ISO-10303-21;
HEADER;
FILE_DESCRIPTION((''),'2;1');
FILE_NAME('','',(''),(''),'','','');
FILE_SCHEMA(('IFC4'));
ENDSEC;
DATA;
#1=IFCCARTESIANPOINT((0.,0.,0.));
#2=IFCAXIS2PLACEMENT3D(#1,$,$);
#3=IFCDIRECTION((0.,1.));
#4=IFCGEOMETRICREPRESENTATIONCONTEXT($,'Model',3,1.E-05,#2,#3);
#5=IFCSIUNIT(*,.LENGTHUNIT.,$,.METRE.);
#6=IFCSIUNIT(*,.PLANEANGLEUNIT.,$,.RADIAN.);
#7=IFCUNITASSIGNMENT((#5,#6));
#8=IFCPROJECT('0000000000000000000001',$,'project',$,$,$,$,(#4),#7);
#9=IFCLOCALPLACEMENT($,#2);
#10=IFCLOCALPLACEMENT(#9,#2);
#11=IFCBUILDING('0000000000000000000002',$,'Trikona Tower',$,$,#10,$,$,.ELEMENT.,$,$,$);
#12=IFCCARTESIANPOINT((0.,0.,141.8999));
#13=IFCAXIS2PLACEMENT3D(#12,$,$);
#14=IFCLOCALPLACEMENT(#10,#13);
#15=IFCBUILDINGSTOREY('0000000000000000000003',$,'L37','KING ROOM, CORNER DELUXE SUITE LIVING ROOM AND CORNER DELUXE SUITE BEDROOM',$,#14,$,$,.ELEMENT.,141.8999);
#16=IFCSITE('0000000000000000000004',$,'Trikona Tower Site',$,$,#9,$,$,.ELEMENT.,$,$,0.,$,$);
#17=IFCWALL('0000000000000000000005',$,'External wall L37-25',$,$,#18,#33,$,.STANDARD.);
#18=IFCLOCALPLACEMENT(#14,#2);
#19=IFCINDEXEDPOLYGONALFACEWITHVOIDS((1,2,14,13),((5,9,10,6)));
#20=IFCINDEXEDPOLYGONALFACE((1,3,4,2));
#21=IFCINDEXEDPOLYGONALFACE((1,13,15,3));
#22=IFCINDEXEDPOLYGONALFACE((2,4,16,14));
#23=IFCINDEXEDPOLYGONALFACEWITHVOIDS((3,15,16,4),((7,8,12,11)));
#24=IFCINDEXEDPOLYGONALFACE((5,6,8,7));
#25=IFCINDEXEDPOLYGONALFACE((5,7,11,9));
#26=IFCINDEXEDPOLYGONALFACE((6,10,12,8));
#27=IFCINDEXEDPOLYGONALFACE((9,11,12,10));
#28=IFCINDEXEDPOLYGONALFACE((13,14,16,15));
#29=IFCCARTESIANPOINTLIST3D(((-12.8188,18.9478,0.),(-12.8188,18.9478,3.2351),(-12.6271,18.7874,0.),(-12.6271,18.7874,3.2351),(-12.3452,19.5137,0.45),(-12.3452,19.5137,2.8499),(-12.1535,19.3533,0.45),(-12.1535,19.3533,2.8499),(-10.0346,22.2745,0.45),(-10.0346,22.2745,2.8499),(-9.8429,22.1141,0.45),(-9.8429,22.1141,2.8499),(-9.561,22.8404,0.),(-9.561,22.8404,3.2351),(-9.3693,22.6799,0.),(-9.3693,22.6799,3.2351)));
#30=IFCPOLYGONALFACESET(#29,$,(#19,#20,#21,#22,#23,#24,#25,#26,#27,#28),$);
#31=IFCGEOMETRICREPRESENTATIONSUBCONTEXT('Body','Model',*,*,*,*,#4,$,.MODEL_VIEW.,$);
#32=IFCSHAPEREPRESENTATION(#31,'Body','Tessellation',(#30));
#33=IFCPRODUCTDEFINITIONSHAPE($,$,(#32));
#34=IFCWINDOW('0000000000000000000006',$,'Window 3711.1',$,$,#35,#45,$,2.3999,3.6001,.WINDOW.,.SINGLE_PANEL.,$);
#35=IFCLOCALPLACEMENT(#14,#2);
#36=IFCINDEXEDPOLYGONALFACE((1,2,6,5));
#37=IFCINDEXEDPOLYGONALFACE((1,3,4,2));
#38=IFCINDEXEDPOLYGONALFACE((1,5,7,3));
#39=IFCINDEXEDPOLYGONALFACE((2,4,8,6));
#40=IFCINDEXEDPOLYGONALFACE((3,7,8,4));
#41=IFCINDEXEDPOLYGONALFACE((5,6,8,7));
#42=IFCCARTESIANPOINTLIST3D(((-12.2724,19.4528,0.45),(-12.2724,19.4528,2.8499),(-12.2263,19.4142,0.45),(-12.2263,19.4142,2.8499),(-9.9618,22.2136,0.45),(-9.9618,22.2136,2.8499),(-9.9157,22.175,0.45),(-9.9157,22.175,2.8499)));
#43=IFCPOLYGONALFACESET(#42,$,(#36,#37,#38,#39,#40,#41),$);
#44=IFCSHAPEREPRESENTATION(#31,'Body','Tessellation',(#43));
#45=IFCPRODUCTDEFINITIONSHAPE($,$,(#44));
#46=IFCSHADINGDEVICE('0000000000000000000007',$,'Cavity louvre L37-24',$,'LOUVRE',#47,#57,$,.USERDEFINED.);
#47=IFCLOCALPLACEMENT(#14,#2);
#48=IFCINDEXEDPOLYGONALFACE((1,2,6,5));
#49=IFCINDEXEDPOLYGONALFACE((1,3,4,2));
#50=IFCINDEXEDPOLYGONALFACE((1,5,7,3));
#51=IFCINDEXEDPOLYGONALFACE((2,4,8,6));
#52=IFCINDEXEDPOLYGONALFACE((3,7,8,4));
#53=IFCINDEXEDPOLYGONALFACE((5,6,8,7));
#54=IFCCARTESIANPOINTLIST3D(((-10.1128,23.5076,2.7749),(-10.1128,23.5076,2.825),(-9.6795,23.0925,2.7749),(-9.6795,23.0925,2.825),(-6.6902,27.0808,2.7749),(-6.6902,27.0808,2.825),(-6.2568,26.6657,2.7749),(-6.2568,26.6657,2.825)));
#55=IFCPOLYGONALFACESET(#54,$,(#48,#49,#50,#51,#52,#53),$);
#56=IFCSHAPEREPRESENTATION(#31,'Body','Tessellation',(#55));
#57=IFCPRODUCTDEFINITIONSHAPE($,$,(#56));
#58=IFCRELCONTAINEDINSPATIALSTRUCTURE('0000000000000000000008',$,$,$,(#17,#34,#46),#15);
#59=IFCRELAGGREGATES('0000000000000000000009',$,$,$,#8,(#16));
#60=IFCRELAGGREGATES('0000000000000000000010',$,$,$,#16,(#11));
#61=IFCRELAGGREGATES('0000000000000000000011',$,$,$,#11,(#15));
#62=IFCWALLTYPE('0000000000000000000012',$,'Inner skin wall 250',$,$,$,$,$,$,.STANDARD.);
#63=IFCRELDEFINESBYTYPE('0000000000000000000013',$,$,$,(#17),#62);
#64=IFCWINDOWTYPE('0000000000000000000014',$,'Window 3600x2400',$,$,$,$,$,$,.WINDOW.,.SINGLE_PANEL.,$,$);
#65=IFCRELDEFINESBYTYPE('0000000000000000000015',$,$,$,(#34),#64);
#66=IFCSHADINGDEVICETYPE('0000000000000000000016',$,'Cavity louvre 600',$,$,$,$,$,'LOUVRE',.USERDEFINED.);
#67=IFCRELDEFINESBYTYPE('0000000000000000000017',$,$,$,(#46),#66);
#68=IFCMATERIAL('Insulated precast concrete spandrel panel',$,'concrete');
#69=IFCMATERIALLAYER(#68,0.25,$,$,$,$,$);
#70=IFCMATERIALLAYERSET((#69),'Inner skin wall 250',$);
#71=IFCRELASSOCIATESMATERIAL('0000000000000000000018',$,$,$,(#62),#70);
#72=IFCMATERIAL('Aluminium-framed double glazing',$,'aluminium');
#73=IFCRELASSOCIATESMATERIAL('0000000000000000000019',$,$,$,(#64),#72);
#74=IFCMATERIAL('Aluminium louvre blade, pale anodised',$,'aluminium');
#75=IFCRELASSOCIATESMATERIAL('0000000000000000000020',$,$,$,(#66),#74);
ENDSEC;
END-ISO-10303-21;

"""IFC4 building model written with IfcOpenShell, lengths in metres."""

from ifc_helpers import new_model, si_unit, direction, frame, frame_2d, origin, origin_2d, place, context, subcontext, project, spatial, rectangle, extrude, material, layer, layer_set, type_object, element, fill, save


model = new_model("IFC4")

# Units and contexts
model_context = context("Model", 3, precision=1e-05, world=origin(), true_north=direction((0.0, 1.0)))
body_context = subcontext(model_context, "Body", "Model", "MODEL_VIEW")
ifc_project = project(units=[si_unit("LENGTHUNIT", "METRE"), si_unit("PLANEANGLEUNIT", "RADIAN")], contexts=[model_context])

# Site, building, storey
site_placement = place(None, origin())
site = spatial("IfcSite", under=ifc_project, at=site_placement, Name="Trikona Tower Site", CompositionType="ELEMENT", RefElevation=0.0)
building_placement = place(site_placement, origin())
building = spatial("IfcBuilding", under=site, at=building_placement, Name="Trikona Tower", CompositionType="ELEMENT")
storey_placement = place(building_placement, frame((0.0, 0.0, 141.8999)))
storey = spatial("IfcBuildingStorey", under=building, at=storey_placement, Name="L37", Description="KING ROOM, CORNER DELUXE SUITE LIVING ROOM AND CORNER DELUXE SUITE BEDROOM", CompositionType="ELEMENT", Elevation=141.8999)

# Wall, opening, window
ifc_material_1 = material(Name="Insulated precast concrete spandrel panel", Category="concrete")
ifc_layer_1 = layer(ifc_material_1, 0.25)
ifc_layer_set_1 = layer_set([ifc_layer_1], Name="Inner skin wall 250")
wall_type_1 = type_object("IfcWallType", Name="Inner skin wall 250", PredefinedType="STANDARD", material=ifc_layer_set_1)
ifc_material_2 = material(Name="Aluminium-framed double glazing", Category="aluminium")
window_type_1 = type_object("IfcWindowType", Name="Window 3600x2400", PartitioningType="SINGLE_PANEL", PredefinedType="WINDOW", material=ifc_material_2)
wall_1_placement = place(storey_placement, frame((-9.4651, 22.7603, 0.0), z_axis=(0.0, 0.0, 1.0), x_axis=(-0.64181, -0.766863, 0.0)))
wall_1 = element("IfcWall", 1, at=wall_1_placement, inside=storey, type_object=wall_type_1, Name="External wall L37-25", PredefinedType="STANDARD", context=body_context, shape_type="SweptSolid", body=[
    extrude(rectangle(XDim=5.0759, YDim=0.25, at=frame_2d((2.5381, 0.0))), origin(), (0.0, 0.0, 1.0), 3.2351),
])
opening_1_placement = place(wall_1_placement, frame((0.738, 0.0, 0.45)))
opening_1 = element("IfcOpeningElement", 2, at=opening_1_placement, cuts=wall_1, PredefinedType="OPENING", context=body_context, shape_type="SweptSolid", body=[
    extrude(rectangle(XDim=3.6001, YDim=2.3999, at=frame_2d((1.8, 1.2))), frame((0.0, 0.135, 0.0), z_axis=(0.0, -1.0, 0.0), x_axis=(1.0, 0.0, 0.0)), (0.0, 0.0, 1.0), 0.27),
])
window_1_placement = place(opening_1_placement, origin())
window_1 = element("IfcWindow", 3, at=window_1_placement, inside=storey, type_object=window_type_1, Name="Window 3711.1", OverallHeight=2.3999, OverallWidth=3.6001, PartitioningType="SINGLE_PANEL", PredefinedType="WINDOW", context=body_context, shape_type="SweptSolid", body=[
    extrude(rectangle(XDim=3.6001, YDim=2.3999, at=frame_2d((1.8, 1.2))), frame((0.0, 0.03, 0.0), z_axis=(0.0, -1.0, 0.0), x_axis=(1.0, 0.0, 0.0)), (0.0, 0.0, 1.0), 0.0601),
])
fill(opening_1, window_1)

# Shading device
ifc_material_3 = material(Name="Aluminium louvre blade, pale anodised", Category="aluminium")
shading_device_type = type_object("IfcShadingDeviceType", Name="Cavity louvre 600", ElementType="LOUVRE", PredefinedType="USERDEFINED", material=ifc_material_3)
shading_device_placement = place(storey_placement, frame((-8.1848, 25.0867, 2.7749), z_axis=(0.0, 0.0, 1.0), x_axis=(-0.691724, -0.722162, 0.0)))
element("IfcShadingDevice", 4, at=shading_device_placement, inside=storey, type_object=shading_device_type, Name="Cavity louvre L37-24", ObjectType="LOUVRE", PredefinedType="USERDEFINED", context=body_context, shape_type="SweptSolid", body=[
    extrude(rectangle(XDim=4.948, YDim=0.6001, at=origin_2d()), origin(), (0.0, 0.0, 1.0), 0.05),
])

save(model, "model.ifc")
